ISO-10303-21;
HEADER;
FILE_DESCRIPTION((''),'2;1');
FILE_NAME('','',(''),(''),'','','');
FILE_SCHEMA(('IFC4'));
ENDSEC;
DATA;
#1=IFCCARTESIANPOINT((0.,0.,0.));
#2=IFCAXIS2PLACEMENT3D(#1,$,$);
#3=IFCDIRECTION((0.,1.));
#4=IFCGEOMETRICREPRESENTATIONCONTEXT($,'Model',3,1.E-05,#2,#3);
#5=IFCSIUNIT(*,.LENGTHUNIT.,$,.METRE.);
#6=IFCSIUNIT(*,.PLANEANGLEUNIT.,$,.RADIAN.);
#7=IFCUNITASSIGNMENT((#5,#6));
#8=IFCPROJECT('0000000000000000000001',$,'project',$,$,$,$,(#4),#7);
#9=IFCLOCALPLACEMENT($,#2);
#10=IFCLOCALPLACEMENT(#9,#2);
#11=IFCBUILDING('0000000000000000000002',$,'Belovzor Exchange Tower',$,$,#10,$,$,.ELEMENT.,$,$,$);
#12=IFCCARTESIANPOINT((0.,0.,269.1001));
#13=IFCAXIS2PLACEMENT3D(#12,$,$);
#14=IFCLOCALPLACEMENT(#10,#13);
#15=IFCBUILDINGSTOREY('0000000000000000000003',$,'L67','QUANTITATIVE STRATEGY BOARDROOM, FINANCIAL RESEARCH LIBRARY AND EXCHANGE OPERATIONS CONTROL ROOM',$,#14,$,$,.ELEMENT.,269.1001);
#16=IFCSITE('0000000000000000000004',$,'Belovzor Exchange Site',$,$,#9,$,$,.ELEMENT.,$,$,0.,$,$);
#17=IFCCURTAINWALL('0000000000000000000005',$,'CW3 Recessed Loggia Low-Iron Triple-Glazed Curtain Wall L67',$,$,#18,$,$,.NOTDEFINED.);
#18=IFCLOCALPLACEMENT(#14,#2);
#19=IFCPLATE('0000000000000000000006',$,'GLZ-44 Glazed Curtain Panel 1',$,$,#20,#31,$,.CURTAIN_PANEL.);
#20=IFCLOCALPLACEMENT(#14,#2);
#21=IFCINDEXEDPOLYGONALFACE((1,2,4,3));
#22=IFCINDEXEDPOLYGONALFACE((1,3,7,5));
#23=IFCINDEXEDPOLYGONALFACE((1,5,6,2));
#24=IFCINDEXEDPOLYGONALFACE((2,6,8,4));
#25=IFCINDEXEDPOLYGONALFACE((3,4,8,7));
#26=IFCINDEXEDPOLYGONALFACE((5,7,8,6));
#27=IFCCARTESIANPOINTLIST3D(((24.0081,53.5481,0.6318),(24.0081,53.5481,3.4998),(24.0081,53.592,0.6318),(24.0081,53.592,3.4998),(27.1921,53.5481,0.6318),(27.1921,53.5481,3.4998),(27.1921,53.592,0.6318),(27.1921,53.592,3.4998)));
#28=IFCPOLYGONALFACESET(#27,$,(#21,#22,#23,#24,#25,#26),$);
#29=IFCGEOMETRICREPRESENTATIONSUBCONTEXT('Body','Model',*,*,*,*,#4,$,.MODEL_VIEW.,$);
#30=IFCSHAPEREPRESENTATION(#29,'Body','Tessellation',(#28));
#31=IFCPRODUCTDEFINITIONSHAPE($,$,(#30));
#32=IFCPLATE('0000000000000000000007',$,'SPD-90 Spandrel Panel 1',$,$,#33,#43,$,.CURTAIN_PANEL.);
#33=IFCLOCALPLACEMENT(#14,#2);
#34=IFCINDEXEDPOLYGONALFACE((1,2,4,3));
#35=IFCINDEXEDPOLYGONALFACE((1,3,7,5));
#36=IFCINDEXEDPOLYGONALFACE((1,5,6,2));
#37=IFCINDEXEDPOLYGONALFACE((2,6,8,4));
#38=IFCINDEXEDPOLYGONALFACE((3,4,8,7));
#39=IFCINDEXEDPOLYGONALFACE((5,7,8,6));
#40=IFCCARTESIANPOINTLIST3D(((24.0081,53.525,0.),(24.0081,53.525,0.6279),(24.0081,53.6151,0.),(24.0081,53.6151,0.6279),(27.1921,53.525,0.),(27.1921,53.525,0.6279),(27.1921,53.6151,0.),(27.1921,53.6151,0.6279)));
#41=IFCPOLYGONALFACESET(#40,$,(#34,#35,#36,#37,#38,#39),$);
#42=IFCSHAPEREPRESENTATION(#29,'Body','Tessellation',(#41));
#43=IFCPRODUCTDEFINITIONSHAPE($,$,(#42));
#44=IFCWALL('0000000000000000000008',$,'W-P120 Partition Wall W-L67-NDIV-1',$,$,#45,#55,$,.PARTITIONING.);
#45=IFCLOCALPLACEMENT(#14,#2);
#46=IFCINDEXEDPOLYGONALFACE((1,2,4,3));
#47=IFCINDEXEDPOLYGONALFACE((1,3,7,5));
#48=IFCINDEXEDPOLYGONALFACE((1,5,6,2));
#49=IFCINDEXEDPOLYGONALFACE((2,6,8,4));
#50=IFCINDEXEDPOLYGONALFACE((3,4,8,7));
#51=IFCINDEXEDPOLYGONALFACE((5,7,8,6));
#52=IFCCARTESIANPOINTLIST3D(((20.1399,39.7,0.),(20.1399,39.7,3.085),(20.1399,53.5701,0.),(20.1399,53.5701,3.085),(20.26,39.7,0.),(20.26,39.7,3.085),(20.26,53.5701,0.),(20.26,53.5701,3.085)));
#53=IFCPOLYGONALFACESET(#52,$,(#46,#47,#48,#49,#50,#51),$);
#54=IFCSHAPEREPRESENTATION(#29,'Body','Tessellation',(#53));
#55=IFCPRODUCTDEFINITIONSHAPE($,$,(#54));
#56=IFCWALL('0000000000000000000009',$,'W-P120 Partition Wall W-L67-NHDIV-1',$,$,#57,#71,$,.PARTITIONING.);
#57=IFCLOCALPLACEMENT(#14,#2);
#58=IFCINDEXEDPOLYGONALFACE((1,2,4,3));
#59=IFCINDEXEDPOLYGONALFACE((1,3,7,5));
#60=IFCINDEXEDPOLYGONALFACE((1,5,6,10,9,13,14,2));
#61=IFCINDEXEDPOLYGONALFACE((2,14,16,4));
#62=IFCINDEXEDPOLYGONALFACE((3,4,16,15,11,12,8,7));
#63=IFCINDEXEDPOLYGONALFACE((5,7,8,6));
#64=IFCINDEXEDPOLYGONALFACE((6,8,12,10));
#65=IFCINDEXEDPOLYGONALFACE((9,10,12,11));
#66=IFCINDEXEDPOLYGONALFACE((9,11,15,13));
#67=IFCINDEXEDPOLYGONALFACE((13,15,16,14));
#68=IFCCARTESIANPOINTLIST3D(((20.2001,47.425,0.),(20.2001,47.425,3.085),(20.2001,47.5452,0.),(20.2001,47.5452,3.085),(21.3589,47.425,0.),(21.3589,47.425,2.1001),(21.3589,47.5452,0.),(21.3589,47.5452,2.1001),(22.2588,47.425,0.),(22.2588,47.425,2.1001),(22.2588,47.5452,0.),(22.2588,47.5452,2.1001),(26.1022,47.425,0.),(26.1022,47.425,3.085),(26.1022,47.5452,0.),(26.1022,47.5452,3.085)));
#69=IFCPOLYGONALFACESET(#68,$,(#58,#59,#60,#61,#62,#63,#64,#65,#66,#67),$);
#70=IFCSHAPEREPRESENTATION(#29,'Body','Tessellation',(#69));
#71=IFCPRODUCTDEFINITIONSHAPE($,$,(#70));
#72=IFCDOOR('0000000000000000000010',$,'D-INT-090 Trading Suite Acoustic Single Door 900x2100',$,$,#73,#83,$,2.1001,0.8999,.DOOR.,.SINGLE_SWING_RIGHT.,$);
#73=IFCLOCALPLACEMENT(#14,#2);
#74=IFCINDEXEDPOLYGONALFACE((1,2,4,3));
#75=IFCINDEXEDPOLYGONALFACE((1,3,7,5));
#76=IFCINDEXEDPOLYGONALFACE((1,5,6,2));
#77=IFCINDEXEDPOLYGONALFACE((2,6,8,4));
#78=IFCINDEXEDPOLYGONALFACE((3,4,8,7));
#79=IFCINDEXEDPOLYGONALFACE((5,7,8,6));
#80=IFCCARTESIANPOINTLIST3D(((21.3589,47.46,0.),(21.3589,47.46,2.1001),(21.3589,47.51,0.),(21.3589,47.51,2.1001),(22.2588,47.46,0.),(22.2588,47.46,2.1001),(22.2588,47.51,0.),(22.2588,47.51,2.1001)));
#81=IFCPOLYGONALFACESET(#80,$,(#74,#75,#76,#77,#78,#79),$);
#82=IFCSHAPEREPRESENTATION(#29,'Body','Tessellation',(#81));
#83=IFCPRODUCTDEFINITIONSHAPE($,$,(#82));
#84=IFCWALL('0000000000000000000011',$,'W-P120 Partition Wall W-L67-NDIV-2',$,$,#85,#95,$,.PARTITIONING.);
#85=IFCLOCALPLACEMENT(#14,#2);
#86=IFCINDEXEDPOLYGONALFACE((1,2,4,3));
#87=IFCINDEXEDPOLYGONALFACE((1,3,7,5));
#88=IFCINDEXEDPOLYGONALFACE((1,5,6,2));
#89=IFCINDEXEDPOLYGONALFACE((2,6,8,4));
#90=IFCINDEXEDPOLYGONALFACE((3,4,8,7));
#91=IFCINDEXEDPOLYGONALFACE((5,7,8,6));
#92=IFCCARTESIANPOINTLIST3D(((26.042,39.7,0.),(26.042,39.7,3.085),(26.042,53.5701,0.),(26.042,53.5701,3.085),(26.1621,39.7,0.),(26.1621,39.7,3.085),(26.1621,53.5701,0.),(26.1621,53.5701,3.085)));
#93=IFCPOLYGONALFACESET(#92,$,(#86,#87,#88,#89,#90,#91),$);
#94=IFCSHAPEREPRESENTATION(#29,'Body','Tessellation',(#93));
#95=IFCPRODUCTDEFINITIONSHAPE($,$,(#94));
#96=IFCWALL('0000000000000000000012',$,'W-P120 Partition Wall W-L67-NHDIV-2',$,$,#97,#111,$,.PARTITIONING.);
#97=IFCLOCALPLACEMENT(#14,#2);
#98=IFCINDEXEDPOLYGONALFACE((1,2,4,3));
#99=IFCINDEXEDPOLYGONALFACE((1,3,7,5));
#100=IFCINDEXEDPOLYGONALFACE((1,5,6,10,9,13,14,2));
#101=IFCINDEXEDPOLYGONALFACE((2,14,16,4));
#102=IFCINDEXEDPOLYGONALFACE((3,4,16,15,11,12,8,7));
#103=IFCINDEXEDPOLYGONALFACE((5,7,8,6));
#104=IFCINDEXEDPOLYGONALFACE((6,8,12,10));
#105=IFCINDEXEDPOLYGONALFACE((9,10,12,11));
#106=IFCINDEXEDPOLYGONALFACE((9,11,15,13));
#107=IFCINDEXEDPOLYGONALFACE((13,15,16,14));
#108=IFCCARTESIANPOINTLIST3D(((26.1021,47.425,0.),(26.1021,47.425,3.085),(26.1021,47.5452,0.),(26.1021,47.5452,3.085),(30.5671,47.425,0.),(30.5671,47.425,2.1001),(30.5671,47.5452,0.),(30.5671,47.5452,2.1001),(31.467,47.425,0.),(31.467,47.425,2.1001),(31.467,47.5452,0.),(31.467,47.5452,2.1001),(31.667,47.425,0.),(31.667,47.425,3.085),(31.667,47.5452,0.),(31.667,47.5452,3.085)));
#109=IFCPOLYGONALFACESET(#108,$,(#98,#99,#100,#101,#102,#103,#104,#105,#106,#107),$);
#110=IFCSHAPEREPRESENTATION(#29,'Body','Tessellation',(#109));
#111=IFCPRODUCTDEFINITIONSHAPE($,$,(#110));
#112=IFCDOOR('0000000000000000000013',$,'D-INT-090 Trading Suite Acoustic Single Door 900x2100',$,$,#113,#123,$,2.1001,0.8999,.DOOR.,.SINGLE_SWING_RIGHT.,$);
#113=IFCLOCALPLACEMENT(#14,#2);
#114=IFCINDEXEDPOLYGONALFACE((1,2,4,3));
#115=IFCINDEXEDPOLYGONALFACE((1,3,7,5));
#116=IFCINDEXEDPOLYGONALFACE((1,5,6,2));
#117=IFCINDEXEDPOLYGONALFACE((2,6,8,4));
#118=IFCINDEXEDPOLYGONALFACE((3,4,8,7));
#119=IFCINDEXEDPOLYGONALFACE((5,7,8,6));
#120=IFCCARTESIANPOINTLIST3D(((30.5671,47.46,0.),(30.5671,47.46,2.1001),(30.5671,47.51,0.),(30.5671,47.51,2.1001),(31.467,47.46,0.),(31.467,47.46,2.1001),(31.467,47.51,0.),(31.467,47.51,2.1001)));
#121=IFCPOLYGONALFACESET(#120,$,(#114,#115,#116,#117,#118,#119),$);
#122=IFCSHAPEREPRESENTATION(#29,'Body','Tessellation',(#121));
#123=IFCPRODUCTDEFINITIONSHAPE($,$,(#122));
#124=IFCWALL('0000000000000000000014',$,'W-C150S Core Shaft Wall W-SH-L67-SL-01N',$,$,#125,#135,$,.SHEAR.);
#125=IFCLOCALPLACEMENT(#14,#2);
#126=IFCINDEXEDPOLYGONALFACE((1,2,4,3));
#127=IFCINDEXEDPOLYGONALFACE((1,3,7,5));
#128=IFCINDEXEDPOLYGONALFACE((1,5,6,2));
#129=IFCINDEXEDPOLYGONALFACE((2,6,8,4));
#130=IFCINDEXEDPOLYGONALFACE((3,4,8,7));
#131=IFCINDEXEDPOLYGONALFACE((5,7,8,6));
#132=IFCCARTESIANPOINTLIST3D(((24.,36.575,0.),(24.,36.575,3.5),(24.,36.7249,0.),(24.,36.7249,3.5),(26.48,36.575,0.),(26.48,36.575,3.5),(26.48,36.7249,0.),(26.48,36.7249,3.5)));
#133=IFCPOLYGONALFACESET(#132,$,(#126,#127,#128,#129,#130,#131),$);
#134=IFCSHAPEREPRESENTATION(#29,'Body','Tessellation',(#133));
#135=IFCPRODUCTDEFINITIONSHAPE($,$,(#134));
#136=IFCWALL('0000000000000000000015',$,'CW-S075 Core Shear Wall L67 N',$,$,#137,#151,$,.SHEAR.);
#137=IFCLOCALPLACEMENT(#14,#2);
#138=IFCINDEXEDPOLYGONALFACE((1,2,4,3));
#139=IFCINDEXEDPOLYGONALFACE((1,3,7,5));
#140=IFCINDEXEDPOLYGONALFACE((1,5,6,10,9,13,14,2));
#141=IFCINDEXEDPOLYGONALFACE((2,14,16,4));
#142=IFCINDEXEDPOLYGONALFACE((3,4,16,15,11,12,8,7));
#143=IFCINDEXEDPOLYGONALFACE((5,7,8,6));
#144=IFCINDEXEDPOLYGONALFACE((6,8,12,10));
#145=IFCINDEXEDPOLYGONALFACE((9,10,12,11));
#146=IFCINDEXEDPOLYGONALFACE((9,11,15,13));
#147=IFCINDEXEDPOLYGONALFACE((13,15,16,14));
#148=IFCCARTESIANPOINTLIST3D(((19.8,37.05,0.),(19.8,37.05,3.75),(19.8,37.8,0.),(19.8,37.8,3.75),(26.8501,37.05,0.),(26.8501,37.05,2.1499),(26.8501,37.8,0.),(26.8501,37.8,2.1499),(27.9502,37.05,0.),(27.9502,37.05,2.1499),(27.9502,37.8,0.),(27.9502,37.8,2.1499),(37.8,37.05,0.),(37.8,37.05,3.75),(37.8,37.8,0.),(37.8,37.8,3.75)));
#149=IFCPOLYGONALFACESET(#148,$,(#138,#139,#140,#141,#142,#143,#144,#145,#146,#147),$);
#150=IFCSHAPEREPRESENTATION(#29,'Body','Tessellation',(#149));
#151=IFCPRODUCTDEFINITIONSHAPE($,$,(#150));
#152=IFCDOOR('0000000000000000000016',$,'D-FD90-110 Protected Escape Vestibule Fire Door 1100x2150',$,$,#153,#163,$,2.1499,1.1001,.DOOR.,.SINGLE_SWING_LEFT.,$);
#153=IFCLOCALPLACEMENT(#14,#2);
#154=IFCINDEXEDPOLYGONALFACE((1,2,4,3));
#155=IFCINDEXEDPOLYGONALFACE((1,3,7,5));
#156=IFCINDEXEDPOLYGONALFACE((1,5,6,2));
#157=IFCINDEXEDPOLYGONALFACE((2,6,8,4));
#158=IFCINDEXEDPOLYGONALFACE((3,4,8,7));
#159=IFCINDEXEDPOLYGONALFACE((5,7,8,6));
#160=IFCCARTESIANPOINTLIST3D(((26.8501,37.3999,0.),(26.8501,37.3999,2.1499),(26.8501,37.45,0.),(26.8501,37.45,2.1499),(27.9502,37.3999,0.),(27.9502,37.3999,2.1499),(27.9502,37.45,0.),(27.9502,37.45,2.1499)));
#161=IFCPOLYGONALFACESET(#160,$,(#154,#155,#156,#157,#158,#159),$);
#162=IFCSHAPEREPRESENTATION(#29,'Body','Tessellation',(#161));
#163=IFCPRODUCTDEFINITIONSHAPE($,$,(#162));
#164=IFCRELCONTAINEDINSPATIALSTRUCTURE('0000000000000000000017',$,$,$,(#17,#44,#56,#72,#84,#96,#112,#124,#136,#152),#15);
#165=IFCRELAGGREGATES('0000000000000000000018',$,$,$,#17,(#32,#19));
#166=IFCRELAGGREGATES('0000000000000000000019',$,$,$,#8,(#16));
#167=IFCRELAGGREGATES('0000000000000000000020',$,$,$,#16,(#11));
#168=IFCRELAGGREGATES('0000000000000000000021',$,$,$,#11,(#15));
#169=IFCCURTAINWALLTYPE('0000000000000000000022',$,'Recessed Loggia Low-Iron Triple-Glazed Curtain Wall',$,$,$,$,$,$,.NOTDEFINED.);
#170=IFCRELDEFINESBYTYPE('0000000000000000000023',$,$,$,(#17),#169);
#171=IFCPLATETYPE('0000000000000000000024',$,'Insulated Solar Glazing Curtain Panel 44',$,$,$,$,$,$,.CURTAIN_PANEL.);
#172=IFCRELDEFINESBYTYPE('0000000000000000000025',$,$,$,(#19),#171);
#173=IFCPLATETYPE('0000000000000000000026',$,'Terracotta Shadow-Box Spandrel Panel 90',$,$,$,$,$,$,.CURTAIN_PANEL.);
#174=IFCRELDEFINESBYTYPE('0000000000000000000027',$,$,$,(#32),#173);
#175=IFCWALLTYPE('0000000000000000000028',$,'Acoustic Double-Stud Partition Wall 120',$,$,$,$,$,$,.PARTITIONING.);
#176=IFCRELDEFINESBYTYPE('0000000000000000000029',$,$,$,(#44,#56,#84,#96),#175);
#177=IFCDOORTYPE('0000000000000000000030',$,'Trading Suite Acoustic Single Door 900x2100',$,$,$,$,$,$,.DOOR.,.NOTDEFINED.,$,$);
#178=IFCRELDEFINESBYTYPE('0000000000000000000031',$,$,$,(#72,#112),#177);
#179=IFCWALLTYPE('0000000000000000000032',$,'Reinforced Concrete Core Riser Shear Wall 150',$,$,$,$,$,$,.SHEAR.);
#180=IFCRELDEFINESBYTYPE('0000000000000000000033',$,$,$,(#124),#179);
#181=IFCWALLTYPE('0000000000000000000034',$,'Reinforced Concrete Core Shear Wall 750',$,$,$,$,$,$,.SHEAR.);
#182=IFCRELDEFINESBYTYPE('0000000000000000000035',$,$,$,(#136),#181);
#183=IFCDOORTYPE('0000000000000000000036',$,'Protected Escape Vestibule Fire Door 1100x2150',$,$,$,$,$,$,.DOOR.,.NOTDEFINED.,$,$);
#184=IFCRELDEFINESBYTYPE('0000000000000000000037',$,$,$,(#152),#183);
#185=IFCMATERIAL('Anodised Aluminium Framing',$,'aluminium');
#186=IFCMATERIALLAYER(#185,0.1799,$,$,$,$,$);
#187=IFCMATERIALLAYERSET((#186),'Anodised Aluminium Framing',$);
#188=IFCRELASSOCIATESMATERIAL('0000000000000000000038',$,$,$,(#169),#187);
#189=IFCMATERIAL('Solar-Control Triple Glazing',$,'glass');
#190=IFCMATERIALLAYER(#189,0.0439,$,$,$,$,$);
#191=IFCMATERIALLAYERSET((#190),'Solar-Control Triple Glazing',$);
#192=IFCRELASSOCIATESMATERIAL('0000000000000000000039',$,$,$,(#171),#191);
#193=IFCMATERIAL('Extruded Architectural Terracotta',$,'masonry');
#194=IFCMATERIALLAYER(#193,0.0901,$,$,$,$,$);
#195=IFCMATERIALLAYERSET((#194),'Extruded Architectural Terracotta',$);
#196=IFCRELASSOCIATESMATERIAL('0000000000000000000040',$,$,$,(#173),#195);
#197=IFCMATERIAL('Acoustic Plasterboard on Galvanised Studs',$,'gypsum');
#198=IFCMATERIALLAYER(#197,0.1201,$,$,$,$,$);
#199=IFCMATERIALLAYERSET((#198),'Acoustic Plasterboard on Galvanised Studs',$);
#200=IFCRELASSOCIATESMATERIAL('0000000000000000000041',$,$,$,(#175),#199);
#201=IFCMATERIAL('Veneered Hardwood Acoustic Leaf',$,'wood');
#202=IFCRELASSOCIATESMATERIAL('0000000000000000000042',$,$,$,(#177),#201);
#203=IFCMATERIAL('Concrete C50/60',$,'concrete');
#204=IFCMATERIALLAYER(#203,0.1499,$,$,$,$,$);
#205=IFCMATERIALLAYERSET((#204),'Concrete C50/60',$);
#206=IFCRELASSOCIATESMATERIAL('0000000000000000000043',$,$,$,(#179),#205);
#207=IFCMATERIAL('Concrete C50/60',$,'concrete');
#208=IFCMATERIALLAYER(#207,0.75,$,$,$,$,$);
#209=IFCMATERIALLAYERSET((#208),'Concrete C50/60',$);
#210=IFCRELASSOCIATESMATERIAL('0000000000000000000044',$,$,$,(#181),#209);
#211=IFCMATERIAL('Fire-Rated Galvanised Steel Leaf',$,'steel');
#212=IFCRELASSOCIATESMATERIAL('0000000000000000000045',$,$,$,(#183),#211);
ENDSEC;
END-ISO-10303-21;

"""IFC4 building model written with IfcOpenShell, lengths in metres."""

from ifc_helpers import new_model, si_unit, direction, frame, frame_2d, origin, origin_2d, place, context, subcontext, project, spatial, rectangle, extrude, material, layer, layer_set, type_object, element, fill, aggregate, save


model = new_model("IFC4")

# Units and contexts
model_context = context("Model", 3, precision=1e-05, world=origin(), true_north=direction((0.0, 1.0)))
body_context = subcontext(model_context, "Body", "Model", "MODEL_VIEW")
ifc_project = project(units=[si_unit("LENGTHUNIT", "METRE"), si_unit("PLANEANGLEUNIT", "RADIAN")], contexts=[model_context])

# Site, building, storey
site_placement = place(None, origin())
site = spatial("IfcSite", under=ifc_project, at=site_placement, Name="Belovzor Exchange Site", CompositionType="ELEMENT", RefElevation=0.0)
building_placement = place(site_placement, origin())
building = spatial("IfcBuilding", under=site, at=building_placement, Name="Belovzor Exchange Tower", CompositionType="ELEMENT")
storey_placement = place(building_placement, frame((0.0, 0.0, 269.1001)))
storey = spatial("IfcBuildingStorey", under=building, at=storey_placement, Name="L67", Description="QUANTITATIVE STRATEGY BOARDROOM, FINANCIAL RESEARCH LIBRARY AND EXCHANGE OPERATIONS CONTROL ROOM", CompositionType="ELEMENT", Elevation=269.1001)

# Curtain wall
ifc_material_1 = material(Name="Anodised Aluminium Framing", Category="aluminium")
ifc_layer_1 = layer(ifc_material_1, 0.1799)
ifc_layer_set_1 = layer_set([ifc_layer_1], Name="Anodised Aluminium Framing")
curtain_wall_type = type_object("IfcCurtainWallType", Name="Recessed Loggia Low-Iron Triple-Glazed Curtain Wall", PredefinedType="NOTDEFINED", material=ifc_layer_set_1)
curtain_wall_placement = place(storey_placement, origin())
curtain_wall = element("IfcCurtainWall", 1, at=curtain_wall_placement, inside=storey, type_object=curtain_wall_type, Name="CW3 Recessed Loggia Low-Iron Triple-Glazed Curtain Wall L67", PredefinedType="NOTDEFINED")

# Plates
ifc_material_2 = material(Name="Solar-Control Triple Glazing", Category="glass")
ifc_layer_2 = layer(ifc_material_2, 0.0439)
ifc_layer_set_2 = layer_set([ifc_layer_2], Name="Solar-Control Triple Glazing")
plate_type_1 = type_object("IfcPlateType", Name="Insulated Solar Glazing Curtain Panel 44", PredefinedType="CURTAIN_PANEL", material=ifc_layer_set_2)
plate_1_placement = place(storey_placement, frame((25.6001, 53.5701, 0.6318), z_axis=(0.0, 0.0, 1.0), x_axis=(1.0, 0.0, 0.0)))
plate_1 = element("IfcPlate", 2, at=plate_1_placement, type_object=plate_type_1, Name="GLZ-44 Glazed Curtain Panel 1", PredefinedType="CURTAIN_PANEL", context=body_context, shape_type="SweptSolid", body=[
    extrude(rectangle(XDim=3.1841, YDim=0.0439, at=origin_2d()), origin(), (0.0, 0.0, 1.0), 2.8679),
])
ifc_material_3 = material(Name="Extruded Architectural Terracotta", Category="masonry")
ifc_layer_3 = layer(ifc_material_3, 0.0901)
ifc_layer_set_3 = layer_set([ifc_layer_3], Name="Extruded Architectural Terracotta")
plate_type_2 = type_object("IfcPlateType", Name="Terracotta Shadow-Box Spandrel Panel 90", PredefinedType="CURTAIN_PANEL", material=ifc_layer_set_3)
plate_2_placement = place(storey_placement, frame((25.6001, 53.5701, 0.0), z_axis=(0.0, 0.0, 1.0), x_axis=(1.0, 0.0, 0.0)))
plate_2 = element("IfcPlate", 3, at=plate_2_placement, type_object=plate_type_2, Name="SPD-90 Spandrel Panel 1", PredefinedType="CURTAIN_PANEL", context=body_context, shape_type="SweptSolid", body=[
    extrude(rectangle(XDim=3.1841, YDim=0.0901, at=origin_2d()), origin(), (0.0, 0.0, 1.0), 0.6279),
])
aggregate(curtain_wall, [plate_2, plate_1])

# Wall
ifc_material_4 = material(Name="Acoustic Plasterboard on Galvanised Studs", Category="gypsum")
ifc_layer_4 = layer(ifc_material_4, 0.1201)
ifc_layer_set_4 = layer_set([ifc_layer_4], Name="Acoustic Plasterboard on Galvanised Studs")
wall_type_1 = type_object("IfcWallType", Name="Acoustic Double-Stud Partition Wall 120", PredefinedType="PARTITIONING", material=ifc_layer_set_4)
wall_1_placement = place(storey_placement, frame((20.2, 39.7, 0.0), z_axis=(0.0, 0.0, 1.0), x_axis=(0.0, 1.0, 0.0)))
element("IfcWall", 4, at=wall_1_placement, inside=storey, type_object=wall_type_1, Name="W-P120 Partition Wall W-L67-NDIV-1", PredefinedType="PARTITIONING", context=body_context, shape_type="SweptSolid", body=[
    extrude(rectangle(XDim=13.8701, YDim=0.1201, at=frame_2d((6.9351, 0.0))), origin(), (0.0, 0.0, 1.0), 3.085),
])

# Wall, opening, door
wall_2_placement = place(storey_placement, frame((20.2, 47.4851, 0.0), z_axis=(0.0, 0.0, 1.0), x_axis=(1.0, 0.0, 0.0)))
wall_2 = element("IfcWall", 5, at=wall_2_placement, inside=storey, type_object=wall_type_1, Name="W-P120 Partition Wall W-L67-NHDIV-1", PredefinedType="PARTITIONING", context=body_context, shape_type="SweptSolid", body=[
    extrude(rectangle(XDim=5.9021, YDim=0.1201, at=frame_2d((2.9512, 0.0))), origin(), (0.0, 0.0, 1.0), 3.085),
])
opening_1_placement = place(wall_2_placement, frame((1.1589, 0.0, 0.0)))
opening_1 = element("IfcOpeningElement", 6, at=opening_1_placement, cuts=wall_2, PredefinedType="OPENING", context=body_context, shape_type="SweptSolid", body=[
    extrude(rectangle(XDim=0.8999, YDim=2.1001, at=frame_2d((0.45, 1.05))), frame((0.0, 0.0701, 0.0), z_axis=(0.0, -1.0, 0.0), x_axis=(1.0, 0.0, 0.0)), (0.0, 0.0, 1.0), 0.1401),
])
ifc_material_5 = material(Name="Veneered Hardwood Acoustic Leaf", Category="wood")
door_type_1 = type_object("IfcDoorType", Name="Trading Suite Acoustic Single Door 900x2100", OperationType="NOTDEFINED", PredefinedType="DOOR", material=ifc_material_5)
door_1_placement = place(opening_1_placement, origin())
door_1 = element("IfcDoor", 7, at=door_1_placement, inside=storey, type_object=door_type_1, Name="D-INT-090 Trading Suite Acoustic Single Door 900x2100", OperationType="SINGLE_SWING_RIGHT", OverallHeight=2.1001, OverallWidth=0.8999, PredefinedType="DOOR", context=body_context, shape_type="SweptSolid", body=[
    extrude(rectangle(XDim=0.8999, YDim=2.1001, at=frame_2d((0.45, 1.05))), frame((0.0, 0.0249, 0.0), z_axis=(0.0, -1.0, 0.0), x_axis=(1.0, 0.0, 0.0)), (0.0, 0.0, 1.0), 0.05),
])
fill(opening_1, door_1)

# Wall
wall_3_placement = place(storey_placement, frame((26.1021, 39.7, 0.0), z_axis=(0.0, 0.0, 1.0), x_axis=(0.0, 1.0, 0.0)))
element("IfcWall", 8, at=wall_3_placement, inside=storey, type_object=wall_type_1, Name="W-P120 Partition Wall W-L67-NDIV-2", PredefinedType="PARTITIONING", context=body_context, shape_type="SweptSolid", body=[
    extrude(rectangle(XDim=13.8701, YDim=0.1201, at=frame_2d((6.9351, 0.0))), origin(), (0.0, 0.0, 1.0), 3.085),
])

# Wall, opening, door
wall_4_placement = place(storey_placement, frame((26.1021, 47.4851, 0.0), z_axis=(0.0, 0.0, 1.0), x_axis=(1.0, 0.0, 0.0)))
wall_4 = element("IfcWall", 9, at=wall_4_placement, inside=storey, type_object=wall_type_1, Name="W-P120 Partition Wall W-L67-NHDIV-2", PredefinedType="PARTITIONING", context=body_context, shape_type="SweptSolid", body=[
    extrude(rectangle(XDim=5.5649, YDim=0.1201, at=frame_2d((2.7825, 0.0))), origin(), (0.0, 0.0, 1.0), 3.085),
])
opening_2_placement = place(wall_4_placement, frame((4.4651, 0.0, 0.0)))
opening_2 = element("IfcOpeningElement", 10, at=opening_2_placement, cuts=wall_4, PredefinedType="OPENING", context=body_context, shape_type="SweptSolid", body=[
    extrude(rectangle(XDim=0.8999, YDim=2.1001, at=frame_2d((0.45, 1.05))), frame((0.0, 0.0701, 0.0), z_axis=(0.0, -1.0, 0.0), x_axis=(1.0, 0.0, 0.0)), (0.0, 0.0, 1.0), 0.1401),
])
door_2_placement = place(opening_2_placement, origin())
door_2 = element("IfcDoor", 11, at=door_2_placement, inside=storey, type_object=door_type_1, Name="D-INT-090 Trading Suite Acoustic Single Door 900x2100", OperationType="SINGLE_SWING_RIGHT", OverallHeight=2.1001, OverallWidth=0.8999, PredefinedType="DOOR", context=body_context, shape_type="SweptSolid", body=[
    extrude(rectangle(XDim=0.8999, YDim=2.1001, at=frame_2d((0.45, 1.05))), frame((0.0, 0.0249, 0.0), z_axis=(0.0, -1.0, 0.0), x_axis=(1.0, 0.0, 0.0)), (0.0, 0.0, 1.0), 0.05),
])
fill(opening_2, door_2)

# Wall
ifc_material_6 = material(Name="Concrete C50/60", Category="concrete")
ifc_layer_5 = layer(ifc_material_6, 0.1499)
ifc_layer_set_5 = layer_set([ifc_layer_5], Name="Concrete C50/60")
wall_type_2 = type_object("IfcWallType", Name="Reinforced Concrete Core Riser Shear Wall 150", PredefinedType="SHEAR", material=ifc_layer_set_5)
wall_5_placement = place(storey_placement, frame((24.0, 36.6499, 0.0), z_axis=(0.0, 0.0, 1.0), x_axis=(1.0, 0.0, 0.0)))
element("IfcWall", 12, at=wall_5_placement, inside=storey, type_object=wall_type_2, Name="W-C150S Core Shaft Wall W-SH-L67-SL-01N", PredefinedType="SHEAR", context=body_context, shape_type="SweptSolid", body=[
    extrude(rectangle(XDim=2.48, YDim=0.1499, at=frame_2d((1.24, 0.0))), origin(), (0.0, 0.0, 1.0), 3.5),
])

# Wall, opening, door
ifc_material_7 = material(Name="Concrete C50/60", Category="concrete")
ifc_layer_6 = layer(ifc_material_7, 0.75)
ifc_layer_set_6 = layer_set([ifc_layer_6], Name="Concrete C50/60")
wall_type_3 = type_object("IfcWallType", Name="Reinforced Concrete Core Shear Wall 750", PredefinedType="SHEAR", material=ifc_layer_set_6)
wall_6_placement = place(storey_placement, frame((19.8, 37.425, 0.0), z_axis=(0.0, 0.0, 1.0), x_axis=(1.0, 0.0, 0.0)))
wall_6 = element("IfcWall", 13, at=wall_6_placement, inside=storey, type_object=wall_type_3, Name="CW-S075 Core Shear Wall L67 N", PredefinedType="SHEAR", context=body_context, shape_type="SweptSolid", body=[
    extrude(rectangle(XDim=18.0, YDim=0.75, at=frame_2d((9.0, 0.0))), origin(), (0.0, 0.0, 1.0), 3.75),
])
opening_3_placement = place(wall_6_placement, frame((7.05, 0.0, 0.0)))
opening_3 = element("IfcOpeningElement", 14, at=opening_3_placement, cuts=wall_6, PredefinedType="OPENING", context=body_context, shape_type="SweptSolid", body=[
    extrude(rectangle(XDim=1.1001, YDim=2.1499, at=frame_2d((0.55, 1.075))), frame((0.0, 0.385, 0.0), z_axis=(0.0, -1.0, 0.0), x_axis=(1.0, 0.0, 0.0)), (0.0, 0.0, 1.0), 0.77),
])
ifc_material_8 = material(Name="Fire-Rated Galvanised Steel Leaf", Category="steel")
door_type_2 = type_object("IfcDoorType", Name="Protected Escape Vestibule Fire Door 1100x2150", OperationType="NOTDEFINED", PredefinedType="DOOR", material=ifc_material_8)
door_3_placement = place(opening_3_placement, origin())
door_3 = element("IfcDoor", 15, at=door_3_placement, inside=storey, type_object=door_type_2, Name="D-FD90-110 Protected Escape Vestibule Fire Door 1100x2150", OperationType="SINGLE_SWING_LEFT", OverallHeight=2.1499, OverallWidth=1.1001, PredefinedType="DOOR", context=body_context, shape_type="SweptSolid", body=[
    extrude(rectangle(XDim=1.1001, YDim=2.1499, at=frame_2d((0.55, 1.075))), frame((0.0, 0.0249, 0.0), z_axis=(0.0, -1.0, 0.0), x_axis=(1.0, 0.0, 0.0)), (0.0, 0.0, 1.0), 0.05),
])
fill(opening_3, door_3)

save(model, "model.ifc")
